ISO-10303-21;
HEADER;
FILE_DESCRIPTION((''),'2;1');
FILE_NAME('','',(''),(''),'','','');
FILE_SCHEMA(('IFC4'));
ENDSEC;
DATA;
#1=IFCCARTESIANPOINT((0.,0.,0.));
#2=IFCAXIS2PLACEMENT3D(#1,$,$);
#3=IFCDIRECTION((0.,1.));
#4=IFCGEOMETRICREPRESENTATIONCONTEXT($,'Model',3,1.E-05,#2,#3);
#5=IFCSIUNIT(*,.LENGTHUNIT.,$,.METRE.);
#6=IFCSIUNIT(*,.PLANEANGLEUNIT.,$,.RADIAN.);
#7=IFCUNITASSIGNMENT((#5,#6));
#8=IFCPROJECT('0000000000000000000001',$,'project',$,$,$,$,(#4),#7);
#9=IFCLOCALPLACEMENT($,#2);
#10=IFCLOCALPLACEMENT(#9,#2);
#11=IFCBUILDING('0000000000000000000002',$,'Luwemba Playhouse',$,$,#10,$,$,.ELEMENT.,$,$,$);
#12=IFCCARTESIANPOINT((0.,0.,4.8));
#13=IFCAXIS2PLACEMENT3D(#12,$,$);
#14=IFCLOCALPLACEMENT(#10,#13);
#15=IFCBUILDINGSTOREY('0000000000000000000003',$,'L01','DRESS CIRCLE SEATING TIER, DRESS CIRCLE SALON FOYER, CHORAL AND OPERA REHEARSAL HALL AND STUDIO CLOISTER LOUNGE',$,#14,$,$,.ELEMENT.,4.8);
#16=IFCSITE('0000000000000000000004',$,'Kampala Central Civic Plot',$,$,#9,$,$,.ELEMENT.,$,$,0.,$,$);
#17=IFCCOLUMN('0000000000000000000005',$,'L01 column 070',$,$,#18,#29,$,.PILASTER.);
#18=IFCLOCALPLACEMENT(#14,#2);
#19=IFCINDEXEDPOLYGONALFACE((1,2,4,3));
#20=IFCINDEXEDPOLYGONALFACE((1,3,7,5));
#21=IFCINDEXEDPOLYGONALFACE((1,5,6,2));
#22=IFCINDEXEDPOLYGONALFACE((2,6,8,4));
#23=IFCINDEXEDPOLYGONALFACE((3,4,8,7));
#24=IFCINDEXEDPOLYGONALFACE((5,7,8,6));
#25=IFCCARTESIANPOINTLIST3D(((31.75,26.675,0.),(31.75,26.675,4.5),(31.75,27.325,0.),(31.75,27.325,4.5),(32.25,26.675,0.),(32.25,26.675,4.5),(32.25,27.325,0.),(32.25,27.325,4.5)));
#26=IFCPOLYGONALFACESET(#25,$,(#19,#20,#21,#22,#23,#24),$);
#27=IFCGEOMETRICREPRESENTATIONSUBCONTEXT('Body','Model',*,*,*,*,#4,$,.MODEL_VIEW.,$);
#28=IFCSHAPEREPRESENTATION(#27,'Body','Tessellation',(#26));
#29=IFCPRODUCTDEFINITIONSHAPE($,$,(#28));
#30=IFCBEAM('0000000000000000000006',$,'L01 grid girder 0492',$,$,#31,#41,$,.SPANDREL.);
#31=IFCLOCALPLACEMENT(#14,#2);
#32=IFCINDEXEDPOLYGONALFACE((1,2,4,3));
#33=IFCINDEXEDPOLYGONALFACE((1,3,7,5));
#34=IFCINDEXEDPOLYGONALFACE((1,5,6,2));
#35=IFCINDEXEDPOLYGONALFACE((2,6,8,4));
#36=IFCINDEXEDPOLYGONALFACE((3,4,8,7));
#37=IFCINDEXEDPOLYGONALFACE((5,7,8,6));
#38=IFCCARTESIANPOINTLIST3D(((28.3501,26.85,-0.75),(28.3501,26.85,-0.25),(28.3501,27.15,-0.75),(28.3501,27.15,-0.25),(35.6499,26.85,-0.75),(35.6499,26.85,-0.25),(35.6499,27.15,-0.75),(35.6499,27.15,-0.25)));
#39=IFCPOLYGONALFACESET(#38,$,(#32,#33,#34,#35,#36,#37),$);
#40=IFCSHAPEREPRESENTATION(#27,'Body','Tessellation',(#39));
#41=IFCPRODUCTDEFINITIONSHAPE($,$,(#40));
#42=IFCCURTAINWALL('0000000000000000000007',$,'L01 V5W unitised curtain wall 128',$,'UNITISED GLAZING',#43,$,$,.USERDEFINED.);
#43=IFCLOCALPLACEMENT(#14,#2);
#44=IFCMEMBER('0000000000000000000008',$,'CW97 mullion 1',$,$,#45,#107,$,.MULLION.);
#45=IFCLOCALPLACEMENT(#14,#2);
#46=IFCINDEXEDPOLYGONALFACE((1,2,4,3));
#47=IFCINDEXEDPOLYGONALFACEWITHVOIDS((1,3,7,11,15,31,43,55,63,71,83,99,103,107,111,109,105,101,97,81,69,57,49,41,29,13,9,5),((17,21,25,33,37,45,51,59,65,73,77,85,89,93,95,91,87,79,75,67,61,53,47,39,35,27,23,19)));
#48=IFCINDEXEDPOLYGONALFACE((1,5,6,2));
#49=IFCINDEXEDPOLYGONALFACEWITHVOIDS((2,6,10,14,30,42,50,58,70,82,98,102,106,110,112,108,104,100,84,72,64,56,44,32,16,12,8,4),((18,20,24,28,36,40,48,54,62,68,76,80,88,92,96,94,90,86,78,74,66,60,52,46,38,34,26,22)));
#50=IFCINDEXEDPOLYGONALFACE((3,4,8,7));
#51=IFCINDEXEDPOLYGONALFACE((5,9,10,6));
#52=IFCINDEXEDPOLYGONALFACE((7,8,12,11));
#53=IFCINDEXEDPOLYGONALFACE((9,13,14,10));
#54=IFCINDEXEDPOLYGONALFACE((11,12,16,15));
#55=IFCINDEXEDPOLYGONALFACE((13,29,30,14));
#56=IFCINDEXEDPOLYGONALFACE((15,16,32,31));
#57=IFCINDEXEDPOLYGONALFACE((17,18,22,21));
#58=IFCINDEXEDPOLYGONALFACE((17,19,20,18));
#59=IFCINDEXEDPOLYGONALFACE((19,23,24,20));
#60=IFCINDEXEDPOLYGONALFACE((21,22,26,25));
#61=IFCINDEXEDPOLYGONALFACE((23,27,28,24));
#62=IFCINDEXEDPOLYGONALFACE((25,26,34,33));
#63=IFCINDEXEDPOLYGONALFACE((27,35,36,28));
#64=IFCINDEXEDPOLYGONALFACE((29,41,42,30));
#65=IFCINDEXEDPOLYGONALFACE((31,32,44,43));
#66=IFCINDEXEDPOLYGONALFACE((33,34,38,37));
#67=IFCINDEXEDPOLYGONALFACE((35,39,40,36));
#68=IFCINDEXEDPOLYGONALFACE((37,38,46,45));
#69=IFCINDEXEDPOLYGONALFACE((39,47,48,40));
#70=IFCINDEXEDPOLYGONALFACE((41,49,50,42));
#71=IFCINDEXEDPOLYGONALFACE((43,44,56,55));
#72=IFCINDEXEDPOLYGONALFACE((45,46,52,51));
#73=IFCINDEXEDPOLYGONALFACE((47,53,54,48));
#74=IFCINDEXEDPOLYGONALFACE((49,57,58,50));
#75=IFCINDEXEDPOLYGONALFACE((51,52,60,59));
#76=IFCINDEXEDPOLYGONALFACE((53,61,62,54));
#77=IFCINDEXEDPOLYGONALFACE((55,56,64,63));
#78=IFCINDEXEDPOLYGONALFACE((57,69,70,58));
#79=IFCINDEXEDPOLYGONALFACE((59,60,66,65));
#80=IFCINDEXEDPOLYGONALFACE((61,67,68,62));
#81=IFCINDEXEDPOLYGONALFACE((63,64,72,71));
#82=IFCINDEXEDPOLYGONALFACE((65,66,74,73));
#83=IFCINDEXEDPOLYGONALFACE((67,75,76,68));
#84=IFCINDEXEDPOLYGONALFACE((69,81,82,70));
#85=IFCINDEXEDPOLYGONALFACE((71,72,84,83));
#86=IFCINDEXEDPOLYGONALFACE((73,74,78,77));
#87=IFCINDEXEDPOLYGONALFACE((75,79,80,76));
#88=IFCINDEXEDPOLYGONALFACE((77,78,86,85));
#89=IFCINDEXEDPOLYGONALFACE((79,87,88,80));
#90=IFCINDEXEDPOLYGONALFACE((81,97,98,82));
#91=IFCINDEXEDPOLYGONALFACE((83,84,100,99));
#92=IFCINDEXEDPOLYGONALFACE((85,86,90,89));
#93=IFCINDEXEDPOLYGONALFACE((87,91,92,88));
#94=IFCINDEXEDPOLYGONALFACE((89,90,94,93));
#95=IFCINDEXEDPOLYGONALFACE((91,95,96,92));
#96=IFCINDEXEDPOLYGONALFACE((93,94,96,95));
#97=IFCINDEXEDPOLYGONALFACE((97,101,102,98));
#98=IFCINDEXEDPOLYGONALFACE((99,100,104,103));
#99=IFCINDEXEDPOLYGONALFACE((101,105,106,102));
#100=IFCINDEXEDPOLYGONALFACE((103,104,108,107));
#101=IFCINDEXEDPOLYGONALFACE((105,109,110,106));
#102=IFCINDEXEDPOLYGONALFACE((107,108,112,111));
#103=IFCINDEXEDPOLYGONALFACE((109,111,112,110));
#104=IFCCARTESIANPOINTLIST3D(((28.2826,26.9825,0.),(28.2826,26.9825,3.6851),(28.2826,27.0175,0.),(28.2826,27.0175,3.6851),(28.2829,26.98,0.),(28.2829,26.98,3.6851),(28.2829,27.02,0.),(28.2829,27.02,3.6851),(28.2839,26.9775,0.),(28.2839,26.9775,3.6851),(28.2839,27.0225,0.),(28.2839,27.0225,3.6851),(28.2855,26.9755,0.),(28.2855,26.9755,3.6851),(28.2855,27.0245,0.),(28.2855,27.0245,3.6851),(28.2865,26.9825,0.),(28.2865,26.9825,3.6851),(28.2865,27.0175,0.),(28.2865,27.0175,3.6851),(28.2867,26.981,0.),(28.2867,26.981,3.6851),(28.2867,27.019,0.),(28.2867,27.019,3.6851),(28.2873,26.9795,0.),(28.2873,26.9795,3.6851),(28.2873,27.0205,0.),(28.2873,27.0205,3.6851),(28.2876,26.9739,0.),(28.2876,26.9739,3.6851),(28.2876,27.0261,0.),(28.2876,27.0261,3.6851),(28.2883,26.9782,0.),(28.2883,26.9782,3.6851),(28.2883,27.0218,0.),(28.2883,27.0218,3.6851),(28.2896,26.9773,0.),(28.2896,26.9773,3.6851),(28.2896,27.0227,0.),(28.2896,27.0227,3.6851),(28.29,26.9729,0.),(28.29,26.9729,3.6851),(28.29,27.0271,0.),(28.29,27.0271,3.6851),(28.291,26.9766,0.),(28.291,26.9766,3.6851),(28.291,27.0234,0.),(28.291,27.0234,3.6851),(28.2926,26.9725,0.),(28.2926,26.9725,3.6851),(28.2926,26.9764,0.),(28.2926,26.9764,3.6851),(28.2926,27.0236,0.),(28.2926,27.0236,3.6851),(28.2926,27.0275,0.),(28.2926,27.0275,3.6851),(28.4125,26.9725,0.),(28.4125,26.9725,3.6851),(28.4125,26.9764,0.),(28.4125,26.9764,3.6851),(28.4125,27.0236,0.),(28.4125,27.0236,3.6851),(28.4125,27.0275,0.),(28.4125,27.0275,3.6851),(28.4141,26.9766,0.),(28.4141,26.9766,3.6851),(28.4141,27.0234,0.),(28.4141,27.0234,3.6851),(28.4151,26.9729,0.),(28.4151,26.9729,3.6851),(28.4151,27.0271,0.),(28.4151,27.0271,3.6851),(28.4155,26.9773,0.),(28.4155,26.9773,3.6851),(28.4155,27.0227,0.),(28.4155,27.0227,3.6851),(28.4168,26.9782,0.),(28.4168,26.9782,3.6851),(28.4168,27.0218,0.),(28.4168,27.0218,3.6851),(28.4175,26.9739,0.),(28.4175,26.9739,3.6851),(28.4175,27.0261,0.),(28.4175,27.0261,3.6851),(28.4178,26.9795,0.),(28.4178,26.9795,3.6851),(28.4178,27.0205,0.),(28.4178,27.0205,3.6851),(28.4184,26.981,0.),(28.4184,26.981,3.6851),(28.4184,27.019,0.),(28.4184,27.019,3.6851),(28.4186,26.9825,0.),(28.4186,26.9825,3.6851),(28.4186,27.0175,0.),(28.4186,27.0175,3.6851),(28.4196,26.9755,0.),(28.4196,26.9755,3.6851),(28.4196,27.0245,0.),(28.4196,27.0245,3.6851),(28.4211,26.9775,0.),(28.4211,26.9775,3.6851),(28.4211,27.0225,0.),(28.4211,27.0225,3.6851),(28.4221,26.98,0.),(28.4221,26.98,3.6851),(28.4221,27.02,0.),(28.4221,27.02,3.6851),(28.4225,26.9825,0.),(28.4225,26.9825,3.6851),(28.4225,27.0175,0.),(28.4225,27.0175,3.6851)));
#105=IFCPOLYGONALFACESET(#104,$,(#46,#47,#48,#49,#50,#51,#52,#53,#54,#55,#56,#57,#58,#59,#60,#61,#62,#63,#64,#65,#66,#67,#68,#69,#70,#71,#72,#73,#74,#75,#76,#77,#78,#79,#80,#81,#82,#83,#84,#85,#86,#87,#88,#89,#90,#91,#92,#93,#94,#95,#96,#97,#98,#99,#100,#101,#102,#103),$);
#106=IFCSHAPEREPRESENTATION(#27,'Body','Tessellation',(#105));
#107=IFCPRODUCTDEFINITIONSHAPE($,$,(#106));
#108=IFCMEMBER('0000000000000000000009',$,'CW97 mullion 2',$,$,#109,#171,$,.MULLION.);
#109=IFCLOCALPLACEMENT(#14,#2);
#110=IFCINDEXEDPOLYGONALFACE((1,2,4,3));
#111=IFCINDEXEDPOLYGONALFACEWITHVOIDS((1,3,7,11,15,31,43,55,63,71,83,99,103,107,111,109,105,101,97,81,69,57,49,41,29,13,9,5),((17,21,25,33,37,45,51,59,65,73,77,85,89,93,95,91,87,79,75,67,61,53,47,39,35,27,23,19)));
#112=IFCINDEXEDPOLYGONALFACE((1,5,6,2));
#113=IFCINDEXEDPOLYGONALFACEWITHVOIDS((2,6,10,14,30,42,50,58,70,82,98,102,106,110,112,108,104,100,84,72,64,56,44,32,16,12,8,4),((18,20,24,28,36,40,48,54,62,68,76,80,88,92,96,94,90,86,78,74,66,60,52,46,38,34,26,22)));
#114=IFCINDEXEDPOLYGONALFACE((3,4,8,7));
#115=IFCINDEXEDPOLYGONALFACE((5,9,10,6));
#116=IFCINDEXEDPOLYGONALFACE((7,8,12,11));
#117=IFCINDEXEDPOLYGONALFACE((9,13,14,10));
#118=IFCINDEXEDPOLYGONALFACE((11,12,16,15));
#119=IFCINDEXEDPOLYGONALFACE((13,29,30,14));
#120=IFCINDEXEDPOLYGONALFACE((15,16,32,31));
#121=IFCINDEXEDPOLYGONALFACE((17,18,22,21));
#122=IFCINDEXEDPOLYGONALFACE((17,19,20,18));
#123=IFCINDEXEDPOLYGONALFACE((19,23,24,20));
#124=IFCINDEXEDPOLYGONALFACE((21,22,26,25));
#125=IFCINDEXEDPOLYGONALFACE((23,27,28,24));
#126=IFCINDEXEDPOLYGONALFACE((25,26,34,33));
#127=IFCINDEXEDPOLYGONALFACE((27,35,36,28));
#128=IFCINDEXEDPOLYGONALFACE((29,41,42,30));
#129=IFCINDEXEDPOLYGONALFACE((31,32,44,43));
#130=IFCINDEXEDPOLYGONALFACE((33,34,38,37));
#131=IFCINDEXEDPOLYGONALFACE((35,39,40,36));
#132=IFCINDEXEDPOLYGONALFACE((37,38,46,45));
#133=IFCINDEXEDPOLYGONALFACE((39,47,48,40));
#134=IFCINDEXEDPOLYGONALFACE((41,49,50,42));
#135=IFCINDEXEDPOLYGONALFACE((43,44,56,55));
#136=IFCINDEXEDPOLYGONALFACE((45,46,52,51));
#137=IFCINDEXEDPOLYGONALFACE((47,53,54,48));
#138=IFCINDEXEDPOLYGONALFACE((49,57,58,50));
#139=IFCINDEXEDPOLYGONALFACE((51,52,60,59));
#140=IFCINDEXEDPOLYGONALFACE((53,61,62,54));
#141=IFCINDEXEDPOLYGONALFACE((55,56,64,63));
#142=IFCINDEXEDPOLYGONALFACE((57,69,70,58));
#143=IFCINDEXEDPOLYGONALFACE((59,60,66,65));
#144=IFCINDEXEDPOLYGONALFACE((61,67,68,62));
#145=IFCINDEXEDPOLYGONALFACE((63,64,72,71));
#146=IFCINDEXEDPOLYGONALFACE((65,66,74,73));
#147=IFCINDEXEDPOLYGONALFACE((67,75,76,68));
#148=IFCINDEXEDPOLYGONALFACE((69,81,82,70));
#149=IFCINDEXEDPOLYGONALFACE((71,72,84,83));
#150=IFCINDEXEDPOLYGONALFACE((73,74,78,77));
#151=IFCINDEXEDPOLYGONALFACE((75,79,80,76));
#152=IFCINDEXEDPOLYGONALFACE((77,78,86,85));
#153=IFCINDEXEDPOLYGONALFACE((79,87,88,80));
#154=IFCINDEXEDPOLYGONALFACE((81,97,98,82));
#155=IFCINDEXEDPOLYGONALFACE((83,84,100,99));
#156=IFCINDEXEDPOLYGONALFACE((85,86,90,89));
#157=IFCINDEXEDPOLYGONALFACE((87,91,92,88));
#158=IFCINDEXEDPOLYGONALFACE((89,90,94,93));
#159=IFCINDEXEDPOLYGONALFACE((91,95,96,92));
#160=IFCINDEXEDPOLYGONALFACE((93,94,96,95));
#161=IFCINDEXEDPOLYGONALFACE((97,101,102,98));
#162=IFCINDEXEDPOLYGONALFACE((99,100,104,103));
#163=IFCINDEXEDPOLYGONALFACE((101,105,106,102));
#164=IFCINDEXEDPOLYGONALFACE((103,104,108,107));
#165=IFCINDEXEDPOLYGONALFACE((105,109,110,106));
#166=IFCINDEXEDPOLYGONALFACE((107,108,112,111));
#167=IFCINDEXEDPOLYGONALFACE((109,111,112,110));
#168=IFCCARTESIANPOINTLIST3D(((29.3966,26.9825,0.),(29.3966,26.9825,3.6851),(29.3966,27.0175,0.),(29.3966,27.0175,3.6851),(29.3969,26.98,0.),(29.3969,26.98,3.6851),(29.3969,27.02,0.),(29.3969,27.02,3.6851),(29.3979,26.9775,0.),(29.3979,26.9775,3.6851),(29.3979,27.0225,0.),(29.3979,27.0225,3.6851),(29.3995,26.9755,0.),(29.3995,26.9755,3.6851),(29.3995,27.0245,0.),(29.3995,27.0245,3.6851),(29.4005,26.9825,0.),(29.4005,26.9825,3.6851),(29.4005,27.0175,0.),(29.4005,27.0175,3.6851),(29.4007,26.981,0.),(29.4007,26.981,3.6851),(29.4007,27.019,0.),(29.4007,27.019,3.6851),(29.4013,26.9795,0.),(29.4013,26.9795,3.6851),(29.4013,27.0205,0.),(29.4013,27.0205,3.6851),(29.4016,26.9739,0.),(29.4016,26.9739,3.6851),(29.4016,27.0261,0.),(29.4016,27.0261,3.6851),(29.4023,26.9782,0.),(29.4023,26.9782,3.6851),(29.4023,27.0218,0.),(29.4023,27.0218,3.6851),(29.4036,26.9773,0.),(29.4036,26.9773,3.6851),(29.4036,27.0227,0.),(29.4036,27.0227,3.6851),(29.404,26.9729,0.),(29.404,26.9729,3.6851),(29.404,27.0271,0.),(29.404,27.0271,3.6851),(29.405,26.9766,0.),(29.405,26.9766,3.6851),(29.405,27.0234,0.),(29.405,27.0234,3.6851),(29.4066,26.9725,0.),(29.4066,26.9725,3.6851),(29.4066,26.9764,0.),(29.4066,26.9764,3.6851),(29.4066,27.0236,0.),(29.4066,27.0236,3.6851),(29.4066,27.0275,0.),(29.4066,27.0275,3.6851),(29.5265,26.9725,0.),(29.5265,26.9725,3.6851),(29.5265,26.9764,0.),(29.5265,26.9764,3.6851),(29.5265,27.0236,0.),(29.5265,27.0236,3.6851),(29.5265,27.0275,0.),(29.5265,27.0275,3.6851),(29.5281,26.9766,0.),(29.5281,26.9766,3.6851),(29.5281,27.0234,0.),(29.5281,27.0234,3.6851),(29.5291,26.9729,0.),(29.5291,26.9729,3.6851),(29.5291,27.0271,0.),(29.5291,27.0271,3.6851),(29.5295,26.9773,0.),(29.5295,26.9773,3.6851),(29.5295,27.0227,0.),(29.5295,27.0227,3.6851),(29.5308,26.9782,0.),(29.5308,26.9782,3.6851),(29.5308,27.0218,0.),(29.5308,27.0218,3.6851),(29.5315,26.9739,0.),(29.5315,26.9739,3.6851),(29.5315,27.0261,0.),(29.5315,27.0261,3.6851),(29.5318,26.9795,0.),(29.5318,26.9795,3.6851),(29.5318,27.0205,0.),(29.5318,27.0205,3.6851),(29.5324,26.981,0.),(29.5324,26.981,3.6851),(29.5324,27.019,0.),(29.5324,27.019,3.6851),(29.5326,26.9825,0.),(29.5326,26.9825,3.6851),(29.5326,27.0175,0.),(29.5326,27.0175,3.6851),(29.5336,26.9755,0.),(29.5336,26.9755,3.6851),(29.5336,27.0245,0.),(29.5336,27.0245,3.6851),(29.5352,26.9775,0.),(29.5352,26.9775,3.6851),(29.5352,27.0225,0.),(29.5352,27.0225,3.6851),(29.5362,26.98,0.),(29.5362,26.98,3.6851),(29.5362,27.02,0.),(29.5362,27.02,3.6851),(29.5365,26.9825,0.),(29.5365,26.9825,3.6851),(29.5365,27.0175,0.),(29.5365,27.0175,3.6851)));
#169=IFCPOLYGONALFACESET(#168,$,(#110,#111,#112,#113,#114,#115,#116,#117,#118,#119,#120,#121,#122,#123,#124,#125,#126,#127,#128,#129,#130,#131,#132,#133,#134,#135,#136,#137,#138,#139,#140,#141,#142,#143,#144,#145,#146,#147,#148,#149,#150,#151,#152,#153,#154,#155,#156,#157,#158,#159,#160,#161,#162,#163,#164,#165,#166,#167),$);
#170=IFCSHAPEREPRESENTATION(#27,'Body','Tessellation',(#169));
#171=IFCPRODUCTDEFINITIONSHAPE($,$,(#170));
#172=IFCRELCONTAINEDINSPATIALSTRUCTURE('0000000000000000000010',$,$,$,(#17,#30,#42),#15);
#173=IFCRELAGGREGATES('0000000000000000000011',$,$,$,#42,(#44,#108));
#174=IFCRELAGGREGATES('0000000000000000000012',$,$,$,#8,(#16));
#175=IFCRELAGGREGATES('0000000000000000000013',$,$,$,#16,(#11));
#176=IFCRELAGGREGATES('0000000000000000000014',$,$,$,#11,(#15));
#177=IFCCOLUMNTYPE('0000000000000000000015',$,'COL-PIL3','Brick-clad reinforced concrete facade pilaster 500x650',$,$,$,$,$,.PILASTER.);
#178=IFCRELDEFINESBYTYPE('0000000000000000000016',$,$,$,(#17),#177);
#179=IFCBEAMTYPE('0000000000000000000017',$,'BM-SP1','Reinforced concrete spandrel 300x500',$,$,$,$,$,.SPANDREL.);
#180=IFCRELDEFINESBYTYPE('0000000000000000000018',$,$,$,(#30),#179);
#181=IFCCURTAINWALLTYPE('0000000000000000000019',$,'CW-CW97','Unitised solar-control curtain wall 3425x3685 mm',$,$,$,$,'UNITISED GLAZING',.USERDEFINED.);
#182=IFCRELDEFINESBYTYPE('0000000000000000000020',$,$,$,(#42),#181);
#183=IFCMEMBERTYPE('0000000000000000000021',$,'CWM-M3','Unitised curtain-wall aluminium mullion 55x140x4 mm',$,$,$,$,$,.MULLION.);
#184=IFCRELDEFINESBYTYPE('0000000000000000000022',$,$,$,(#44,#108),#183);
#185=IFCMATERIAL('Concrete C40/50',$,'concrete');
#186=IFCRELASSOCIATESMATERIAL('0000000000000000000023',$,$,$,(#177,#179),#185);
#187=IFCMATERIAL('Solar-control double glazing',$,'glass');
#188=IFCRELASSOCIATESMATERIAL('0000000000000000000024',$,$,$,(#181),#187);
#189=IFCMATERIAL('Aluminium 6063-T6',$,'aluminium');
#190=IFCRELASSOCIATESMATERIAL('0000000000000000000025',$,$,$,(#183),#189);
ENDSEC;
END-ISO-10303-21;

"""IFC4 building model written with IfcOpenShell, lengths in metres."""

from ifc_helpers import new_model, si_unit, direction, frame, origin, origin_2d, place, context, subcontext, project, spatial, rectangle, hollow_rectangle, extrude, material, material_profile, profile_set, type_object, element, aggregate, save


model = new_model("IFC4")

# Units and contexts
model_context = context("Model", 3, precision=1e-05, world=origin(), true_north=direction((0.0, 1.0)))
body_context = subcontext(model_context, "Body", "Model", "MODEL_VIEW")
ifc_project = project(units=[si_unit("LENGTHUNIT", "METRE"), si_unit("PLANEANGLEUNIT", "RADIAN")], contexts=[model_context])

# Site, building, storey
site_placement = place(None, origin())
site = spatial("IfcSite", under=ifc_project, at=site_placement, Name="Kampala Central Civic Plot", CompositionType="ELEMENT", RefElevation=0.0)
building_placement = place(site_placement, origin())
building = spatial("IfcBuilding", under=site, at=building_placement, Name="Luwemba Playhouse", CompositionType="ELEMENT")
storey_placement = place(building_placement, frame((0.0, 0.0, 4.8)))
storey = spatial("IfcBuildingStorey", under=building, at=storey_placement, Name="L01", Description="DRESS CIRCLE SEATING TIER, DRESS CIRCLE SALON FOYER, CHORAL AND OPERA REHEARSAL HALL AND STUDIO CLOISTER LOUNGE", CompositionType="ELEMENT", Elevation=4.8)

# Column
ifc_material_1 = material(Name="Concrete C40/50", Category="concrete")
ifc_material_profile_1 = material_profile(ifc_material_1, rectangle(XDim=0.5, YDim=0.6499, at=origin_2d()))
ifc_profile_set_1 = profile_set([ifc_material_profile_1], Name="Concrete C40/50")
column_type = type_object("IfcColumnType", Name="COL-PIL3", Description="Brick-clad reinforced concrete facade pilaster 500x650", PredefinedType="PILASTER", material=ifc_profile_set_1)
column_placement = place(storey_placement, frame((32.0, 27.0, 0.0), z_axis=(0.0, 0.0, 1.0), x_axis=(1.0, 0.0, 0.0)))
element("IfcColumn", 1, at=column_placement, inside=storey, type_object=column_type, Name="L01 column 070", PredefinedType="PILASTER", context=body_context, shape_type="SweptSolid", body=[
    extrude(rectangle(XDim=0.5, YDim=0.6499, at=origin_2d()), origin(), (0.0, 0.0, 1.0), 4.5),
])

# Beam
ifc_material_profile_2 = material_profile(ifc_material_1, rectangle(XDim=0.3, YDim=0.5, at=origin_2d()))
ifc_profile_set_2 = profile_set([ifc_material_profile_2], Name="Concrete C40/50")
beam_type = type_object("IfcBeamType", Name="BM-SP1", Description="Reinforced concrete spandrel 300x500", PredefinedType="SPANDREL", material=ifc_profile_set_2)
beam_placement = place(storey_placement, frame((28.3501, 27.0, -0.5), z_axis=(1.0, 0.0, 0.0), x_axis=(0.0, 1.0, 0.0)))
element("IfcBeam", 2, at=beam_placement, inside=storey, type_object=beam_type, Name="L01 grid girder 0492", PredefinedType="SPANDREL", context=body_context, shape_type="SweptSolid", body=[
    extrude(rectangle(XDim=0.3, YDim=0.5, at=origin_2d()), origin(), (0.0, 0.0, 1.0), 7.2998),
])

# Curtain wall, members
ifc_material_2 = material(Name="Solar-control double glazing", Category="glass")
curtain_wall_type_1 = type_object("IfcCurtainWallType", Name="CW-CW97", Description="Unitised solar-control curtain wall 3425x3685 mm", ElementType="UNITISED GLAZING", PredefinedType="USERDEFINED", material=ifc_material_2)
curtain_wall_1_placement = place(storey_placement, origin())
curtain_wall_1 = element("IfcCurtainWall", 3, at=curtain_wall_1_placement, inside=storey, type_object=curtain_wall_type_1, Name="L01 V5W unitised curtain wall 128", ObjectType="UNITISED GLAZING", PredefinedType="USERDEFINED")
ifc_material_3 = material(Name="Aluminium 6063-T6", Category="aluminium")
ifc_material_profile_3 = material_profile(ifc_material_3, hollow_rectangle(XDim=0.0549, YDim=0.1399, WallThickness=0.0039, InnerFilletRadius=0.0061, OuterFilletRadius=0.01, at=origin_2d()))
ifc_profile_set_3 = profile_set([ifc_material_profile_3], Name="Aluminium 6063-T6")
member_type_1 = type_object("IfcMemberType", Name="CWM-M3", Description="Unitised curtain-wall aluminium mullion 55x140x4 mm", PredefinedType="MULLION", material=ifc_profile_set_3)
member_1_placement = place(storey_placement, frame((28.3525, 27.0, 0.0), z_axis=(0.0, 0.0, 1.0), x_axis=(0.0, 1.0, 0.0)))
member_1 = element("IfcMember", 4, at=member_1_placement, type_object=member_type_1, Name="CW97 mullion 1", PredefinedType="MULLION", context=body_context, shape_type="SweptSolid", body=[
    extrude(hollow_rectangle(XDim=0.0549, YDim=0.1399, WallThickness=0.0039, InnerFilletRadius=0.0061, OuterFilletRadius=0.01, at=origin_2d()), origin(), (0.0, 0.0, 1.0), 3.6851),
])
member_2_placement = place(storey_placement, frame((29.4666, 27.0, 0.0), z_axis=(0.0, 0.0, 1.0), x_axis=(0.0, 1.0, 0.0)))
member_2 = element("IfcMember", 5, at=member_2_placement, type_object=member_type_1, Name="CW97 mullion 2", PredefinedType="MULLION", context=body_context, shape_type="SweptSolid", body=[
    extrude(hollow_rectangle(XDim=0.0549, YDim=0.1399, WallThickness=0.0039, InnerFilletRadius=0.0061, OuterFilletRadius=0.01, at=origin_2d()), origin(), (0.0, 0.0, 1.0), 3.6851),
])

aggregate(curtain_wall_1, [member_1, member_2])

save(model, "model.ifc")
